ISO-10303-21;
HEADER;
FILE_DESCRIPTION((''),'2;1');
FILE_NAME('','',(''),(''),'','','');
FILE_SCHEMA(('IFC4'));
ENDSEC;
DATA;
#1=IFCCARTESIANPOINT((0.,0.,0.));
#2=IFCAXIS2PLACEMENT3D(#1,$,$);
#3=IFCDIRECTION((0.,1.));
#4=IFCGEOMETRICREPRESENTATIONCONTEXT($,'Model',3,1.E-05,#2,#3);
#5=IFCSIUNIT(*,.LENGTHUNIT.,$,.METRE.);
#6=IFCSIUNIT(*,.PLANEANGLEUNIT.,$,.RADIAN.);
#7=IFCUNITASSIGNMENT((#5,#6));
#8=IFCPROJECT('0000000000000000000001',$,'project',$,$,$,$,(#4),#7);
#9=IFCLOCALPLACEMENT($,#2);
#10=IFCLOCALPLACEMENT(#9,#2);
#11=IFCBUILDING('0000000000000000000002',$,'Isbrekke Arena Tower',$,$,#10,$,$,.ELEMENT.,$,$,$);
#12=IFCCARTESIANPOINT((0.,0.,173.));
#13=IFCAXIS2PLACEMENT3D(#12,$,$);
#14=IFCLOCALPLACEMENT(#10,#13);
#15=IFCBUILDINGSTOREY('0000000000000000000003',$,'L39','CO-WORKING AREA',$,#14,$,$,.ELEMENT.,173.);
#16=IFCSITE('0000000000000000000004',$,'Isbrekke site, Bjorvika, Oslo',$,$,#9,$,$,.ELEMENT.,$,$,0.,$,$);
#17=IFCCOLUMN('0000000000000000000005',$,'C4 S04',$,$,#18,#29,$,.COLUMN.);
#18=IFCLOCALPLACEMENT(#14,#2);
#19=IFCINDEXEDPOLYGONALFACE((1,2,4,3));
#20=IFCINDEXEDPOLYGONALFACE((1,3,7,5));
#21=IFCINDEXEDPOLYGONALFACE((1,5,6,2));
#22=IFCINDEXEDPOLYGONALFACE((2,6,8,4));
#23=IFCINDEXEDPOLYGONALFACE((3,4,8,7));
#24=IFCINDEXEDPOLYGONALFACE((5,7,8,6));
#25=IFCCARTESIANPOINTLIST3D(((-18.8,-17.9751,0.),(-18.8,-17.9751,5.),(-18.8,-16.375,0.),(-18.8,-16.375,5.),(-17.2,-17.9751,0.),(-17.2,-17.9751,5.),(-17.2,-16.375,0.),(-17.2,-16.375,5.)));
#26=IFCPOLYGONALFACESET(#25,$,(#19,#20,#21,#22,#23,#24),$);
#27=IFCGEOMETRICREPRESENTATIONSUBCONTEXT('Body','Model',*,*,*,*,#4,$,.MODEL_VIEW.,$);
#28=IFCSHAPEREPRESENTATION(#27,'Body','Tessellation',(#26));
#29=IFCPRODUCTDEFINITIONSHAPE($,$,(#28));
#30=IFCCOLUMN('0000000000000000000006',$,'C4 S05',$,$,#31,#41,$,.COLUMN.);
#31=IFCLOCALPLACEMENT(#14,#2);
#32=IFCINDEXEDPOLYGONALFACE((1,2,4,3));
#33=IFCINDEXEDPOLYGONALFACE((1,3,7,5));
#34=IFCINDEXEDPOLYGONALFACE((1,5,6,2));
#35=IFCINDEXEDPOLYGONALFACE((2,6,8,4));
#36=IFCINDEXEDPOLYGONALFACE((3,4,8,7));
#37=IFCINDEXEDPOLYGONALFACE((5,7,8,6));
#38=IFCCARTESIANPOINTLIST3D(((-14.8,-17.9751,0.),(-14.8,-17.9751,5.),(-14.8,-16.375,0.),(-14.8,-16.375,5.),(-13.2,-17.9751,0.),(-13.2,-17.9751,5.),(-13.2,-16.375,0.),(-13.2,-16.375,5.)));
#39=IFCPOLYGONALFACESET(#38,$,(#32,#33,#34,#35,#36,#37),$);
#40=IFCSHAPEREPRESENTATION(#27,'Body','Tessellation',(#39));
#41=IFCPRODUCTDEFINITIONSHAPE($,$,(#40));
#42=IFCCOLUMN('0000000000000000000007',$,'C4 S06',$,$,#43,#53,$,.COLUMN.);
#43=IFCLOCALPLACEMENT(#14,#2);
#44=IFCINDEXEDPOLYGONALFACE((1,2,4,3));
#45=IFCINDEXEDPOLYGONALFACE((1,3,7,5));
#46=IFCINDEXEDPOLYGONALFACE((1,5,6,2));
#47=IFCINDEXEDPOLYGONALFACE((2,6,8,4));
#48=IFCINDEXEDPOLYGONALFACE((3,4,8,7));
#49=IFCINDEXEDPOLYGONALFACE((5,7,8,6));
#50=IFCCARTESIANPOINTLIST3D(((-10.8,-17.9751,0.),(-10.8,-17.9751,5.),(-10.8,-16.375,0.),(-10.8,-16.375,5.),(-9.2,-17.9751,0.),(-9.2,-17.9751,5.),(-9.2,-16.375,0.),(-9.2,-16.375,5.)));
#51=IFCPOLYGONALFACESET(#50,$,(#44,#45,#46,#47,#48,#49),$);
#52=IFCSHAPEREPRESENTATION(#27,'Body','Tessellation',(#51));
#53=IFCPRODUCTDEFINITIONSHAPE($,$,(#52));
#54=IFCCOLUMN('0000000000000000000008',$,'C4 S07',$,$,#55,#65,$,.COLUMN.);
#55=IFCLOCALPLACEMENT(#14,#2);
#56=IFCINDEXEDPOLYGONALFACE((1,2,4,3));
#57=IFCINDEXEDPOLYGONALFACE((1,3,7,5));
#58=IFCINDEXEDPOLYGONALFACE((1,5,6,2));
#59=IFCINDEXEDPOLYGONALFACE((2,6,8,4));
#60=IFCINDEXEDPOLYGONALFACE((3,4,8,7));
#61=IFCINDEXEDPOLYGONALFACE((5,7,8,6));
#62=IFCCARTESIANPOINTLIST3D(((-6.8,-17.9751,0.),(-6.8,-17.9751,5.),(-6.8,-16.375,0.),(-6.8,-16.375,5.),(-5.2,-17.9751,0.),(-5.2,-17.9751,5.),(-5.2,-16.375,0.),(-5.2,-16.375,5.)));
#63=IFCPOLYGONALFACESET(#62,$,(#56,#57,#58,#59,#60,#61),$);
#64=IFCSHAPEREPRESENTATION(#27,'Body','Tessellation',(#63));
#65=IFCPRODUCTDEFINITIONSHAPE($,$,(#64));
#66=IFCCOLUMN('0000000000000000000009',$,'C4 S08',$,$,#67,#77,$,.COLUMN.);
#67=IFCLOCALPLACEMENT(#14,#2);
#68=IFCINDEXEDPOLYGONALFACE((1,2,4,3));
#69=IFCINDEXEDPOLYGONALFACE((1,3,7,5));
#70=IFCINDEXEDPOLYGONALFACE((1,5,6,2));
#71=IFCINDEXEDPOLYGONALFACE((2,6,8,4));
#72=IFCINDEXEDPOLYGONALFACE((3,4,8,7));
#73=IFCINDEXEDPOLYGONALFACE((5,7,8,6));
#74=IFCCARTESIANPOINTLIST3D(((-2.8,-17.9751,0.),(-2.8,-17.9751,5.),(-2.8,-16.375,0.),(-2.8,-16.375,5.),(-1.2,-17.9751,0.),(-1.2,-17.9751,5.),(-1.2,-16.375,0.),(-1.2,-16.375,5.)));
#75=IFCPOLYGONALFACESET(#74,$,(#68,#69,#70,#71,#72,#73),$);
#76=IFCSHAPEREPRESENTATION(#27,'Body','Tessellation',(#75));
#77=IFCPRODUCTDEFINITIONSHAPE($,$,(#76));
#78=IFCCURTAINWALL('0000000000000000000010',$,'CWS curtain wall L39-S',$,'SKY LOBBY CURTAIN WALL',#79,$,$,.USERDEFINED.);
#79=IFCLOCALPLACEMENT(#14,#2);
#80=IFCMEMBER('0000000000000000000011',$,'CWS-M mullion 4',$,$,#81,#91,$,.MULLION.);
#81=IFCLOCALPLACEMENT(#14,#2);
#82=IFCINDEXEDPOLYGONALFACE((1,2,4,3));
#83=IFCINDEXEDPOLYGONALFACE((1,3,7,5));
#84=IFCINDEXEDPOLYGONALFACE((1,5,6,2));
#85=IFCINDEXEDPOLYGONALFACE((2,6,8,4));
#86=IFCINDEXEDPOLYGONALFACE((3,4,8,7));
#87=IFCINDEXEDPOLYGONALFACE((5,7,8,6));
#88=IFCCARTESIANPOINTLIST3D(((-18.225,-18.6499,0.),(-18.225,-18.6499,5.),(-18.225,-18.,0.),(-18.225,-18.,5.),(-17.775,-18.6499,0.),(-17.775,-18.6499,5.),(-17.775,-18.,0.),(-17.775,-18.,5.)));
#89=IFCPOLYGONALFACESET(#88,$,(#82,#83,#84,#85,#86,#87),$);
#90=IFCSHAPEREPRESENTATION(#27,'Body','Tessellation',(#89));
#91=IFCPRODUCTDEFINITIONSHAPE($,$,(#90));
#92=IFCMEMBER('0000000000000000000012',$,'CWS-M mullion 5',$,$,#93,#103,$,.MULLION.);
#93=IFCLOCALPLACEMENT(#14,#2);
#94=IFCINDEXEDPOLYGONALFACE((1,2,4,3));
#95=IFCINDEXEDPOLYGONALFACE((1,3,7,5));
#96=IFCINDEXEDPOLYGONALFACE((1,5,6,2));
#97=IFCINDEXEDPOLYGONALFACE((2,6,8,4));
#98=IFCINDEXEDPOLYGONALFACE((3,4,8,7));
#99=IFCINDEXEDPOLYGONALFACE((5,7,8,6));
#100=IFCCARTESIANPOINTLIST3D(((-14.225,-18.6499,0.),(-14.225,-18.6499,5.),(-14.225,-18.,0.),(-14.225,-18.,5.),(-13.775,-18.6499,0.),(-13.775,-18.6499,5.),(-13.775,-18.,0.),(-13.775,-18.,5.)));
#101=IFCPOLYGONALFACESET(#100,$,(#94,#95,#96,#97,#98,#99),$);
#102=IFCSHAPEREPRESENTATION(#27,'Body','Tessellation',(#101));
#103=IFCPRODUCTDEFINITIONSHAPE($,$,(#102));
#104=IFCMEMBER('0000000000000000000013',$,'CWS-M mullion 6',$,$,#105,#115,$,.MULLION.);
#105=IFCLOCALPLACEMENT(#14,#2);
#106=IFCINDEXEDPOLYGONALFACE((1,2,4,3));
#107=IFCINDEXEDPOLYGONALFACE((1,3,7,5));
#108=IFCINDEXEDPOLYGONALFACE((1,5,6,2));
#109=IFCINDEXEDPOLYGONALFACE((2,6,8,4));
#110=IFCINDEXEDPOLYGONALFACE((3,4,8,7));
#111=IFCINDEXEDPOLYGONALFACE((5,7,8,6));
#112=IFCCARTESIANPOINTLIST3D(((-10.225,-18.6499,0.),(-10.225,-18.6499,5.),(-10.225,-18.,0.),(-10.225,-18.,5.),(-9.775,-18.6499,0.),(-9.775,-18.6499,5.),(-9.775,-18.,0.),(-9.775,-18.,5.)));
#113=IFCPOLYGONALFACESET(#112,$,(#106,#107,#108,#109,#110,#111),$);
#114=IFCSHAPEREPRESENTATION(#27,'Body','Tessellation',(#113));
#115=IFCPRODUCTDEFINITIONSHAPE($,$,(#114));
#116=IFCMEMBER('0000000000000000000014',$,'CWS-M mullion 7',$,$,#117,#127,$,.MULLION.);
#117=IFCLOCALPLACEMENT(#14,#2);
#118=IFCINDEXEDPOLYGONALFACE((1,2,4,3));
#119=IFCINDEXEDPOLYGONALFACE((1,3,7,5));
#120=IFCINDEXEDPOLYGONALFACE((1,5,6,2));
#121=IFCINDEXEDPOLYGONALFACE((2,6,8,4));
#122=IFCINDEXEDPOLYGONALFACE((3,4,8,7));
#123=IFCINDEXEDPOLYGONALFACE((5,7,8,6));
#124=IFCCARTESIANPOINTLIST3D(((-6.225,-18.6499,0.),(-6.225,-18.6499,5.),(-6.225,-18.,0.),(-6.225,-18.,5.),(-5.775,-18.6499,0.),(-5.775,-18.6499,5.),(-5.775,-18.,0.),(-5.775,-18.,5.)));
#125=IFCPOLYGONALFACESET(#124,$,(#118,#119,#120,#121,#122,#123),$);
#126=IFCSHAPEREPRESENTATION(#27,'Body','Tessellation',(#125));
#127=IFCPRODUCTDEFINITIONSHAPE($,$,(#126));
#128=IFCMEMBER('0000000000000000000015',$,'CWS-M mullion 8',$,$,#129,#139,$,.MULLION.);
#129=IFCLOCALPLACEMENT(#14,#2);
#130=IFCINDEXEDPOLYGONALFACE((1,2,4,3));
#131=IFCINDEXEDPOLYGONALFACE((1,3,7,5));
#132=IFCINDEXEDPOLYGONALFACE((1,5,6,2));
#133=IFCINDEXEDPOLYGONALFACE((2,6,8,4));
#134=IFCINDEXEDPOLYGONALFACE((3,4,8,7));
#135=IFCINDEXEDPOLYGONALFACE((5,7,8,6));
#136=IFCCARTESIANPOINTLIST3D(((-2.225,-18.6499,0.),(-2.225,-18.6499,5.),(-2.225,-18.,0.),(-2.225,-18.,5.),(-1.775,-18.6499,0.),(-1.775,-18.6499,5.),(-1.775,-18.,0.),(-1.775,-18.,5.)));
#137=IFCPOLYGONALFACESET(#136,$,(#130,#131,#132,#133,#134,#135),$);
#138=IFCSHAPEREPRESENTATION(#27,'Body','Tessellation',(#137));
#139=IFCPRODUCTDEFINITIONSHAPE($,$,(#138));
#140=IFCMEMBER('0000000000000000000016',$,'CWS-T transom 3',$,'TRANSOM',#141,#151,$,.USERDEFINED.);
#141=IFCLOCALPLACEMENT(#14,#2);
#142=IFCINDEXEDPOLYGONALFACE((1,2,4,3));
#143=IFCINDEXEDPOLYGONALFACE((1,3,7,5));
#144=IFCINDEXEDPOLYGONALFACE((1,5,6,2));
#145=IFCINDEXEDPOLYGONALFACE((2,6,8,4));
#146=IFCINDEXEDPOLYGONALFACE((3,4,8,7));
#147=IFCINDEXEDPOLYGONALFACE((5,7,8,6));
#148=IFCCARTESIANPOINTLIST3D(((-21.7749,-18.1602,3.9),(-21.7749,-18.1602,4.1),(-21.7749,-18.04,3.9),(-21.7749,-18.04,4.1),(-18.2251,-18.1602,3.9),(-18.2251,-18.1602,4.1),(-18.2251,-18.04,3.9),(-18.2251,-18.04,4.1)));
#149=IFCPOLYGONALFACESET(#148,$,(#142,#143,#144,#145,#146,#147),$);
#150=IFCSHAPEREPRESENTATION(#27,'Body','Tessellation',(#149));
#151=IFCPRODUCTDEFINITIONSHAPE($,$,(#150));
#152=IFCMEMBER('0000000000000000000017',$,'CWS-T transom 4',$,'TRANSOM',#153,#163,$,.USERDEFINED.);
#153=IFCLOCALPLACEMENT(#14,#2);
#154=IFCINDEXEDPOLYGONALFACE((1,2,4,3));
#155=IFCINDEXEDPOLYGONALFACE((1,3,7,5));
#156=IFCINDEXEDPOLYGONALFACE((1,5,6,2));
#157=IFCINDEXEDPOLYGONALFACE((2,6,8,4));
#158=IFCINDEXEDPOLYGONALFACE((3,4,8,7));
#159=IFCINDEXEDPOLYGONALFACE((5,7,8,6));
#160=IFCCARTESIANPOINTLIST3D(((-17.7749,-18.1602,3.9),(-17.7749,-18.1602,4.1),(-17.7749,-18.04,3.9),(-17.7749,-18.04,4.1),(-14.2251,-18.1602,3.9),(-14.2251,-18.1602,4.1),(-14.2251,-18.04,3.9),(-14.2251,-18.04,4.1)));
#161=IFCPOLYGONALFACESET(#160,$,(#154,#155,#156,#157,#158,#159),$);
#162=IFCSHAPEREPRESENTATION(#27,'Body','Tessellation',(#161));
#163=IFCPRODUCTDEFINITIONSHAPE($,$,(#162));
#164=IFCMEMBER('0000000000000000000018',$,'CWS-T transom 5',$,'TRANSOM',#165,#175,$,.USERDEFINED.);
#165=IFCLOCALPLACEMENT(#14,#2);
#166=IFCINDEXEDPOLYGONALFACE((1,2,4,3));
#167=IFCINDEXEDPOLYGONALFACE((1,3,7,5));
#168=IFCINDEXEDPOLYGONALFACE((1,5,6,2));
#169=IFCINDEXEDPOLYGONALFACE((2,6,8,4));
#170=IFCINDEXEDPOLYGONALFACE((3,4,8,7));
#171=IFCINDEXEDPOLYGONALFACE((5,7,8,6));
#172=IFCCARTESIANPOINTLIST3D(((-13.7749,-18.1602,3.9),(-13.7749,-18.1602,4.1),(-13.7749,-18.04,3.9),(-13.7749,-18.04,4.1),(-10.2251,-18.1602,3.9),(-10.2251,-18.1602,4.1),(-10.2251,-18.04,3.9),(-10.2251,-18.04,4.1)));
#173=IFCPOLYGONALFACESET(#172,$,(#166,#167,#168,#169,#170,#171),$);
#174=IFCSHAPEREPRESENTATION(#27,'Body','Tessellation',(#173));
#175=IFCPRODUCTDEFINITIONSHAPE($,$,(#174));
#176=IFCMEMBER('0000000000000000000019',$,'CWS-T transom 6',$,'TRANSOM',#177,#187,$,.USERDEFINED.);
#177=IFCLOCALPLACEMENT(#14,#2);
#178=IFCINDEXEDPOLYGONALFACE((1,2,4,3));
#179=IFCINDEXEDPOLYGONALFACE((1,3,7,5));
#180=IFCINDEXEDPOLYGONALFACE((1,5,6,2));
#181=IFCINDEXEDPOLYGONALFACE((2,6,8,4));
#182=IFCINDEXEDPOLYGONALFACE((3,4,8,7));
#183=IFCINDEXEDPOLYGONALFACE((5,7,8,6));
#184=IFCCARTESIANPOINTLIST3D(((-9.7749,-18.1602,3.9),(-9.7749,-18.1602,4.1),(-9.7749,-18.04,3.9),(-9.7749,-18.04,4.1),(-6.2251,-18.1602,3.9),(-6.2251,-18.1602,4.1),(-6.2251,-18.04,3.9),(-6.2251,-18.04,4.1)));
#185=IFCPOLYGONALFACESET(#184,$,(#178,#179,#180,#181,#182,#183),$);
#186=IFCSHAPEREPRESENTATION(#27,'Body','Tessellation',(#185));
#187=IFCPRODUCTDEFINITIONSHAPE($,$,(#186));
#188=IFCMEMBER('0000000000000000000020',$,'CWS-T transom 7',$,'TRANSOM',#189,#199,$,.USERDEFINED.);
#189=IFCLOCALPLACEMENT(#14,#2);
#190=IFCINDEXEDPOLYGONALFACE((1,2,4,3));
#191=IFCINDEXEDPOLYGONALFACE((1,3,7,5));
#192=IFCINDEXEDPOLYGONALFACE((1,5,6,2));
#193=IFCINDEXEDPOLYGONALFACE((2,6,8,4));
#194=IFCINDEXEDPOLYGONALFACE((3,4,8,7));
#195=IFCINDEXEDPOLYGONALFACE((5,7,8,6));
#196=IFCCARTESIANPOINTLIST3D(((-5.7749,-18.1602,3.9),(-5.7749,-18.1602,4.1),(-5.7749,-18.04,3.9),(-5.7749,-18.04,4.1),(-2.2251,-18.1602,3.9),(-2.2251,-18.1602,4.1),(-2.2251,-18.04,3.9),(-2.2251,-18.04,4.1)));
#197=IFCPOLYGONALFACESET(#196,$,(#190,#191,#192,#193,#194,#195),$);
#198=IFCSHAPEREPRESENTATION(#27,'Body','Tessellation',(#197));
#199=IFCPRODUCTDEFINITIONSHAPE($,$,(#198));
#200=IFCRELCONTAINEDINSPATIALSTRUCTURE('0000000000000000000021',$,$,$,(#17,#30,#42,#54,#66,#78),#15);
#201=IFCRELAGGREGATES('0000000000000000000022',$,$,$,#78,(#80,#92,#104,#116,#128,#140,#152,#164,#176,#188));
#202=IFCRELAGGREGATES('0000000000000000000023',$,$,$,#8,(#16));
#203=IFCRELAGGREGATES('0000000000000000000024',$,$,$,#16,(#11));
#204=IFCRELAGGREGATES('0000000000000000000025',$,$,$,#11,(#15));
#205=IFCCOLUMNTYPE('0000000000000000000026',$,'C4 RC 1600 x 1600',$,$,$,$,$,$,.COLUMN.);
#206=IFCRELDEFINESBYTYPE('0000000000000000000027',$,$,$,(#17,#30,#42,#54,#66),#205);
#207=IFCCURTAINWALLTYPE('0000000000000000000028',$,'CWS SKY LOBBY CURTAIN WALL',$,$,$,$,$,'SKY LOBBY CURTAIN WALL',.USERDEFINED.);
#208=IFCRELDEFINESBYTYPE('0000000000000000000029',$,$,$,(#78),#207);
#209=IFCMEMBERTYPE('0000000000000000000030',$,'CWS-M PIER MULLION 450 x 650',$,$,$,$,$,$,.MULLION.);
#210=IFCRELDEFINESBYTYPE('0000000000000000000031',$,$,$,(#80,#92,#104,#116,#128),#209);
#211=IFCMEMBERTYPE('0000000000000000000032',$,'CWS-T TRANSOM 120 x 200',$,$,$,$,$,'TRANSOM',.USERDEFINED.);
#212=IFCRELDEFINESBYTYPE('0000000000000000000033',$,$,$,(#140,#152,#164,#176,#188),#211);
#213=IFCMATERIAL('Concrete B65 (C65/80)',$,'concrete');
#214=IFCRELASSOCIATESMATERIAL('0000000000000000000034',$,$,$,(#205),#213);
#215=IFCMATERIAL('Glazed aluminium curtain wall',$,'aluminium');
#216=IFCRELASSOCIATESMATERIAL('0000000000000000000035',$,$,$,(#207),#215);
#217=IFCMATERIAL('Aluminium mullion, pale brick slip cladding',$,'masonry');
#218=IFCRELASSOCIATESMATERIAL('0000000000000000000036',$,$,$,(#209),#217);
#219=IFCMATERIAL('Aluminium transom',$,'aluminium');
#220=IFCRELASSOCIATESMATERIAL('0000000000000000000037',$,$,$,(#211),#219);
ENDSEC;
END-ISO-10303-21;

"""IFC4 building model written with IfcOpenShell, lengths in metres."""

from ifc_helpers import new_model, si_unit, direction, frame, origin, origin_2d, place, context, subcontext, project, spatial, rectangle, extrude, material, material_profile, profile_set, type_object, element, aggregate, save


model = new_model("IFC4")

# Units and contexts
model_context = context("Model", 3, precision=1e-05, world=origin(), true_north=direction((0.0, 1.0)))
body_context = subcontext(model_context, "Body", "Model", "MODEL_VIEW")
ifc_project = project(units=[si_unit("LENGTHUNIT", "METRE"), si_unit("PLANEANGLEUNIT", "RADIAN")], contexts=[model_context])

# Site, building, storey
site_placement = place(None, origin())
site = spatial("IfcSite", under=ifc_project, at=site_placement, Name="Isbrekke site, Bjorvika, Oslo", CompositionType="ELEMENT", RefElevation=0.0)
building_placement = place(site_placement, origin())
building = spatial("IfcBuilding", under=site, at=building_placement, Name="Isbrekke Arena Tower", CompositionType="ELEMENT")
storey_placement = place(building_placement, frame((0.0, 0.0, 173.0)))
storey = spatial("IfcBuildingStorey", under=building, at=storey_placement, Name="L39", Description="CO-WORKING AREA", CompositionType="ELEMENT", Elevation=173.0)

# Columns
ifc_material_1 = material(Name="Concrete B65 (C65/80)", Category="concrete")
ifc_material_profile_1 = material_profile(ifc_material_1, rectangle(XDim=1.6001, YDim=1.6001, at=origin_2d()), Name="RC 1600x1600")
ifc_profile_set_1 = profile_set([ifc_material_profile_1], Name="Concrete B65 (C65/80)")
column_type = type_object("IfcColumnType", Name="C4 RC 1600 x 1600", PredefinedType="COLUMN", material=ifc_profile_set_1)
for number, where, z_axis, x_axis, name in (
    (1, (-18.0, -17.175, 0.0), (0.0, 0.0, 1.0), (1.0, 0.0, 0.0), "C4 S04"),
    (2, (-14.0, -17.175, 0.0), (0.0, 0.0, 1.0), (1.0, 0.0, 0.0), "C4 S05"),
    (3, (-10.0, -17.175, 0.0), (0.0, 0.0, 1.0), (1.0, 0.0, 0.0), "C4 S06"),
    (4, (-6.0, -17.175, 0.0), (0.0, 0.0, 1.0), (1.0, 0.0, 0.0), "C4 S07"),
    (5, (-2.0, -17.175, 0.0), (0.0, 0.0, 1.0), (1.0, 0.0, 0.0), "C4 S08"),
):
    element("IfcColumn", number, at=place(storey_placement, frame(where, z_axis=z_axis, x_axis=x_axis)), inside=storey, type_object=column_type, Name=name, PredefinedType="COLUMN", context=body_context, shape_type="SweptSolid", body=[
        extrude(rectangle(XDim=1.6001, YDim=1.6001, at=origin_2d()), origin(), (0.0, 0.0, 1.0), 5.0),
    ])

# Curtain wall, members
ifc_material_2 = material(Name="Glazed aluminium curtain wall", Category="aluminium")
curtain_wall_type = type_object("IfcCurtainWallType", Name="CWS SKY LOBBY CURTAIN WALL", ElementType="SKY LOBBY CURTAIN WALL", PredefinedType="USERDEFINED", material=ifc_material_2)
curtain_wall_placement = place(storey_placement, origin())
curtain_wall = element("IfcCurtainWall", 6, at=curtain_wall_placement, inside=storey, type_object=curtain_wall_type, Name="CWS curtain wall L39-S", ObjectType="SKY LOBBY CURTAIN WALL", PredefinedType="USERDEFINED")
ifc_material_3 = material(Name="Aluminium mullion, pale brick slip cladding", Category="masonry")
ifc_material_profile_2 = material_profile(ifc_material_3, rectangle(XDim=0.45, YDim=0.6499, at=origin_2d()), Name="PIER 450X650")
ifc_profile_set_2 = profile_set([ifc_material_profile_2], Name="Aluminium mullion, pale brick slip cladding")
member_type_1 = type_object("IfcMemberType", Name="CWS-M PIER MULLION 450 x 650", PredefinedType="MULLION", material=ifc_profile_set_2)
member_1_placement = place(storey_placement, frame((-18.0, -18.325, 0.0), z_axis=(0.0, 0.0, 1.0), x_axis=(1.0, 0.0, 0.0)))
member_1 = element("IfcMember", 7, at=member_1_placement, type_object=member_type_1, Name="CWS-M mullion 4", PredefinedType="MULLION", context=body_context, shape_type="SweptSolid", body=[
    extrude(rectangle(XDim=0.45, YDim=0.6499, at=origin_2d()), origin(), (0.0, 0.0, 1.0), 5.0),
])
member_2_placement = place(storey_placement, frame((-14.0, -18.325, 0.0), z_axis=(0.0, 0.0, 1.0), x_axis=(1.0, 0.0, 0.0)))
member_2 = element("IfcMember", 8, at=member_2_placement, type_object=member_type_1, Name="CWS-M mullion 5", PredefinedType="MULLION", context=body_context, shape_type="SweptSolid", body=[
    extrude(rectangle(XDim=0.45, YDim=0.6499, at=origin_2d()), origin(), (0.0, 0.0, 1.0), 5.0),
])
member_3_placement = place(storey_placement, frame((-10.0, -18.325, 0.0), z_axis=(0.0, 0.0, 1.0), x_axis=(1.0, 0.0, 0.0)))
member_3 = element("IfcMember", 9, at=member_3_placement, type_object=member_type_1, Name="CWS-M mullion 6", PredefinedType="MULLION", context=body_context, shape_type="SweptSolid", body=[
    extrude(rectangle(XDim=0.45, YDim=0.6499, at=origin_2d()), origin(), (0.0, 0.0, 1.0), 5.0),
])
member_4_placement = place(storey_placement, frame((-6.0, -18.325, 0.0), z_axis=(0.0, 0.0, 1.0), x_axis=(1.0, 0.0, 0.0)))
member_4 = element("IfcMember", 10, at=member_4_placement, type_object=member_type_1, Name="CWS-M mullion 7", PredefinedType="MULLION", context=body_context, shape_type="SweptSolid", body=[
    extrude(rectangle(XDim=0.45, YDim=0.6499, at=origin_2d()), origin(), (0.0, 0.0, 1.0), 5.0),
])
member_5_placement = place(storey_placement, frame((-2.0, -18.325, 0.0), z_axis=(0.0, 0.0, 1.0), x_axis=(1.0, 0.0, 0.0)))
member_5 = element("IfcMember", 11, at=member_5_placement, type_object=member_type_1, Name="CWS-M mullion 8", PredefinedType="MULLION", context=body_context, shape_type="SweptSolid", body=[
    extrude(rectangle(XDim=0.45, YDim=0.6499, at=origin_2d()), origin(), (0.0, 0.0, 1.0), 5.0),
])
ifc_material_4 = material(Name="Aluminium transom", Category="aluminium")
ifc_material_profile_3 = material_profile(ifc_material_4, rectangle(XDim=0.1201, YDim=0.2, at=origin_2d()), Name="TRANSOM 120X200")
ifc_profile_set_3 = profile_set([ifc_material_profile_3], Name="Aluminium transom")
member_type_2 = type_object("IfcMemberType", Name="CWS-T TRANSOM 120 x 200", ElementType="TRANSOM", PredefinedType="USERDEFINED", material=ifc_profile_set_3)
member_6_placement = place(storey_placement, frame((-21.7749, -18.1001, 4.0), z_axis=(1.0, 0.0, 0.0), x_axis=(0.0, 1.0, 0.0)))
member_6 = element("IfcMember", 12, at=member_6_placement, type_object=member_type_2, Name="CWS-T transom 3", ObjectType="TRANSOM", PredefinedType="USERDEFINED", context=body_context, shape_type="SweptSolid", body=[
    extrude(rectangle(XDim=0.1201, YDim=0.2, at=origin_2d()), origin(), (0.0, 0.0, 1.0), 3.5498),
])
member_7_placement = place(storey_placement, frame((-17.7749, -18.1001, 4.0), z_axis=(1.0, 0.0, 0.0), x_axis=(0.0, 1.0, 0.0)))
member_7 = element("IfcMember", 13, at=member_7_placement, type_object=member_type_2, Name="CWS-T transom 4", ObjectType="TRANSOM", PredefinedType="USERDEFINED", context=body_context, shape_type="SweptSolid", body=[
    extrude(rectangle(XDim=0.1201, YDim=0.2, at=origin_2d()), origin(), (0.0, 0.0, 1.0), 3.5498),
])
member_8_placement = place(storey_placement, frame((-13.7749, -18.1001, 4.0), z_axis=(1.0, 0.0, 0.0), x_axis=(0.0, 1.0, 0.0)))
member_8 = element("IfcMember", 14, at=member_8_placement, type_object=member_type_2, Name="CWS-T transom 5", ObjectType="TRANSOM", PredefinedType="USERDEFINED", context=body_context, shape_type="SweptSolid", body=[
    extrude(rectangle(XDim=0.1201, YDim=0.2, at=origin_2d()), origin(), (0.0, 0.0, 1.0), 3.5498),
])
member_9_placement = place(storey_placement, frame((-9.7749, -18.1001, 4.0), z_axis=(1.0, 0.0, 0.0), x_axis=(0.0, 1.0, 0.0)))
member_9 = element("IfcMember", 15, at=member_9_placement, type_object=member_type_2, Name="CWS-T transom 6", ObjectType="TRANSOM", PredefinedType="USERDEFINED", context=body_context, shape_type="SweptSolid", body=[
    extrude(rectangle(XDim=0.1201, YDim=0.2, at=origin_2d()), origin(), (0.0, 0.0, 1.0), 3.5498),
])
member_10_placement = place(storey_placement, frame((-5.7749, -18.1001, 4.0), z_axis=(1.0, 0.0, 0.0), x_axis=(0.0, 1.0, 0.0)))
member_10 = element("IfcMember", 16, at=member_10_placement, type_object=member_type_2, Name="CWS-T transom 7", ObjectType="TRANSOM", PredefinedType="USERDEFINED", context=body_context, shape_type="SweptSolid", body=[
    extrude(rectangle(XDim=0.1201, YDim=0.2, at=origin_2d()), origin(), (0.0, 0.0, 1.0), 3.5498),
])

aggregate(curtain_wall, [member_1, member_2, member_3, member_4, member_5, member_6, member_7, member_8, member_9, member_10])

save(model, "model.ifc")
